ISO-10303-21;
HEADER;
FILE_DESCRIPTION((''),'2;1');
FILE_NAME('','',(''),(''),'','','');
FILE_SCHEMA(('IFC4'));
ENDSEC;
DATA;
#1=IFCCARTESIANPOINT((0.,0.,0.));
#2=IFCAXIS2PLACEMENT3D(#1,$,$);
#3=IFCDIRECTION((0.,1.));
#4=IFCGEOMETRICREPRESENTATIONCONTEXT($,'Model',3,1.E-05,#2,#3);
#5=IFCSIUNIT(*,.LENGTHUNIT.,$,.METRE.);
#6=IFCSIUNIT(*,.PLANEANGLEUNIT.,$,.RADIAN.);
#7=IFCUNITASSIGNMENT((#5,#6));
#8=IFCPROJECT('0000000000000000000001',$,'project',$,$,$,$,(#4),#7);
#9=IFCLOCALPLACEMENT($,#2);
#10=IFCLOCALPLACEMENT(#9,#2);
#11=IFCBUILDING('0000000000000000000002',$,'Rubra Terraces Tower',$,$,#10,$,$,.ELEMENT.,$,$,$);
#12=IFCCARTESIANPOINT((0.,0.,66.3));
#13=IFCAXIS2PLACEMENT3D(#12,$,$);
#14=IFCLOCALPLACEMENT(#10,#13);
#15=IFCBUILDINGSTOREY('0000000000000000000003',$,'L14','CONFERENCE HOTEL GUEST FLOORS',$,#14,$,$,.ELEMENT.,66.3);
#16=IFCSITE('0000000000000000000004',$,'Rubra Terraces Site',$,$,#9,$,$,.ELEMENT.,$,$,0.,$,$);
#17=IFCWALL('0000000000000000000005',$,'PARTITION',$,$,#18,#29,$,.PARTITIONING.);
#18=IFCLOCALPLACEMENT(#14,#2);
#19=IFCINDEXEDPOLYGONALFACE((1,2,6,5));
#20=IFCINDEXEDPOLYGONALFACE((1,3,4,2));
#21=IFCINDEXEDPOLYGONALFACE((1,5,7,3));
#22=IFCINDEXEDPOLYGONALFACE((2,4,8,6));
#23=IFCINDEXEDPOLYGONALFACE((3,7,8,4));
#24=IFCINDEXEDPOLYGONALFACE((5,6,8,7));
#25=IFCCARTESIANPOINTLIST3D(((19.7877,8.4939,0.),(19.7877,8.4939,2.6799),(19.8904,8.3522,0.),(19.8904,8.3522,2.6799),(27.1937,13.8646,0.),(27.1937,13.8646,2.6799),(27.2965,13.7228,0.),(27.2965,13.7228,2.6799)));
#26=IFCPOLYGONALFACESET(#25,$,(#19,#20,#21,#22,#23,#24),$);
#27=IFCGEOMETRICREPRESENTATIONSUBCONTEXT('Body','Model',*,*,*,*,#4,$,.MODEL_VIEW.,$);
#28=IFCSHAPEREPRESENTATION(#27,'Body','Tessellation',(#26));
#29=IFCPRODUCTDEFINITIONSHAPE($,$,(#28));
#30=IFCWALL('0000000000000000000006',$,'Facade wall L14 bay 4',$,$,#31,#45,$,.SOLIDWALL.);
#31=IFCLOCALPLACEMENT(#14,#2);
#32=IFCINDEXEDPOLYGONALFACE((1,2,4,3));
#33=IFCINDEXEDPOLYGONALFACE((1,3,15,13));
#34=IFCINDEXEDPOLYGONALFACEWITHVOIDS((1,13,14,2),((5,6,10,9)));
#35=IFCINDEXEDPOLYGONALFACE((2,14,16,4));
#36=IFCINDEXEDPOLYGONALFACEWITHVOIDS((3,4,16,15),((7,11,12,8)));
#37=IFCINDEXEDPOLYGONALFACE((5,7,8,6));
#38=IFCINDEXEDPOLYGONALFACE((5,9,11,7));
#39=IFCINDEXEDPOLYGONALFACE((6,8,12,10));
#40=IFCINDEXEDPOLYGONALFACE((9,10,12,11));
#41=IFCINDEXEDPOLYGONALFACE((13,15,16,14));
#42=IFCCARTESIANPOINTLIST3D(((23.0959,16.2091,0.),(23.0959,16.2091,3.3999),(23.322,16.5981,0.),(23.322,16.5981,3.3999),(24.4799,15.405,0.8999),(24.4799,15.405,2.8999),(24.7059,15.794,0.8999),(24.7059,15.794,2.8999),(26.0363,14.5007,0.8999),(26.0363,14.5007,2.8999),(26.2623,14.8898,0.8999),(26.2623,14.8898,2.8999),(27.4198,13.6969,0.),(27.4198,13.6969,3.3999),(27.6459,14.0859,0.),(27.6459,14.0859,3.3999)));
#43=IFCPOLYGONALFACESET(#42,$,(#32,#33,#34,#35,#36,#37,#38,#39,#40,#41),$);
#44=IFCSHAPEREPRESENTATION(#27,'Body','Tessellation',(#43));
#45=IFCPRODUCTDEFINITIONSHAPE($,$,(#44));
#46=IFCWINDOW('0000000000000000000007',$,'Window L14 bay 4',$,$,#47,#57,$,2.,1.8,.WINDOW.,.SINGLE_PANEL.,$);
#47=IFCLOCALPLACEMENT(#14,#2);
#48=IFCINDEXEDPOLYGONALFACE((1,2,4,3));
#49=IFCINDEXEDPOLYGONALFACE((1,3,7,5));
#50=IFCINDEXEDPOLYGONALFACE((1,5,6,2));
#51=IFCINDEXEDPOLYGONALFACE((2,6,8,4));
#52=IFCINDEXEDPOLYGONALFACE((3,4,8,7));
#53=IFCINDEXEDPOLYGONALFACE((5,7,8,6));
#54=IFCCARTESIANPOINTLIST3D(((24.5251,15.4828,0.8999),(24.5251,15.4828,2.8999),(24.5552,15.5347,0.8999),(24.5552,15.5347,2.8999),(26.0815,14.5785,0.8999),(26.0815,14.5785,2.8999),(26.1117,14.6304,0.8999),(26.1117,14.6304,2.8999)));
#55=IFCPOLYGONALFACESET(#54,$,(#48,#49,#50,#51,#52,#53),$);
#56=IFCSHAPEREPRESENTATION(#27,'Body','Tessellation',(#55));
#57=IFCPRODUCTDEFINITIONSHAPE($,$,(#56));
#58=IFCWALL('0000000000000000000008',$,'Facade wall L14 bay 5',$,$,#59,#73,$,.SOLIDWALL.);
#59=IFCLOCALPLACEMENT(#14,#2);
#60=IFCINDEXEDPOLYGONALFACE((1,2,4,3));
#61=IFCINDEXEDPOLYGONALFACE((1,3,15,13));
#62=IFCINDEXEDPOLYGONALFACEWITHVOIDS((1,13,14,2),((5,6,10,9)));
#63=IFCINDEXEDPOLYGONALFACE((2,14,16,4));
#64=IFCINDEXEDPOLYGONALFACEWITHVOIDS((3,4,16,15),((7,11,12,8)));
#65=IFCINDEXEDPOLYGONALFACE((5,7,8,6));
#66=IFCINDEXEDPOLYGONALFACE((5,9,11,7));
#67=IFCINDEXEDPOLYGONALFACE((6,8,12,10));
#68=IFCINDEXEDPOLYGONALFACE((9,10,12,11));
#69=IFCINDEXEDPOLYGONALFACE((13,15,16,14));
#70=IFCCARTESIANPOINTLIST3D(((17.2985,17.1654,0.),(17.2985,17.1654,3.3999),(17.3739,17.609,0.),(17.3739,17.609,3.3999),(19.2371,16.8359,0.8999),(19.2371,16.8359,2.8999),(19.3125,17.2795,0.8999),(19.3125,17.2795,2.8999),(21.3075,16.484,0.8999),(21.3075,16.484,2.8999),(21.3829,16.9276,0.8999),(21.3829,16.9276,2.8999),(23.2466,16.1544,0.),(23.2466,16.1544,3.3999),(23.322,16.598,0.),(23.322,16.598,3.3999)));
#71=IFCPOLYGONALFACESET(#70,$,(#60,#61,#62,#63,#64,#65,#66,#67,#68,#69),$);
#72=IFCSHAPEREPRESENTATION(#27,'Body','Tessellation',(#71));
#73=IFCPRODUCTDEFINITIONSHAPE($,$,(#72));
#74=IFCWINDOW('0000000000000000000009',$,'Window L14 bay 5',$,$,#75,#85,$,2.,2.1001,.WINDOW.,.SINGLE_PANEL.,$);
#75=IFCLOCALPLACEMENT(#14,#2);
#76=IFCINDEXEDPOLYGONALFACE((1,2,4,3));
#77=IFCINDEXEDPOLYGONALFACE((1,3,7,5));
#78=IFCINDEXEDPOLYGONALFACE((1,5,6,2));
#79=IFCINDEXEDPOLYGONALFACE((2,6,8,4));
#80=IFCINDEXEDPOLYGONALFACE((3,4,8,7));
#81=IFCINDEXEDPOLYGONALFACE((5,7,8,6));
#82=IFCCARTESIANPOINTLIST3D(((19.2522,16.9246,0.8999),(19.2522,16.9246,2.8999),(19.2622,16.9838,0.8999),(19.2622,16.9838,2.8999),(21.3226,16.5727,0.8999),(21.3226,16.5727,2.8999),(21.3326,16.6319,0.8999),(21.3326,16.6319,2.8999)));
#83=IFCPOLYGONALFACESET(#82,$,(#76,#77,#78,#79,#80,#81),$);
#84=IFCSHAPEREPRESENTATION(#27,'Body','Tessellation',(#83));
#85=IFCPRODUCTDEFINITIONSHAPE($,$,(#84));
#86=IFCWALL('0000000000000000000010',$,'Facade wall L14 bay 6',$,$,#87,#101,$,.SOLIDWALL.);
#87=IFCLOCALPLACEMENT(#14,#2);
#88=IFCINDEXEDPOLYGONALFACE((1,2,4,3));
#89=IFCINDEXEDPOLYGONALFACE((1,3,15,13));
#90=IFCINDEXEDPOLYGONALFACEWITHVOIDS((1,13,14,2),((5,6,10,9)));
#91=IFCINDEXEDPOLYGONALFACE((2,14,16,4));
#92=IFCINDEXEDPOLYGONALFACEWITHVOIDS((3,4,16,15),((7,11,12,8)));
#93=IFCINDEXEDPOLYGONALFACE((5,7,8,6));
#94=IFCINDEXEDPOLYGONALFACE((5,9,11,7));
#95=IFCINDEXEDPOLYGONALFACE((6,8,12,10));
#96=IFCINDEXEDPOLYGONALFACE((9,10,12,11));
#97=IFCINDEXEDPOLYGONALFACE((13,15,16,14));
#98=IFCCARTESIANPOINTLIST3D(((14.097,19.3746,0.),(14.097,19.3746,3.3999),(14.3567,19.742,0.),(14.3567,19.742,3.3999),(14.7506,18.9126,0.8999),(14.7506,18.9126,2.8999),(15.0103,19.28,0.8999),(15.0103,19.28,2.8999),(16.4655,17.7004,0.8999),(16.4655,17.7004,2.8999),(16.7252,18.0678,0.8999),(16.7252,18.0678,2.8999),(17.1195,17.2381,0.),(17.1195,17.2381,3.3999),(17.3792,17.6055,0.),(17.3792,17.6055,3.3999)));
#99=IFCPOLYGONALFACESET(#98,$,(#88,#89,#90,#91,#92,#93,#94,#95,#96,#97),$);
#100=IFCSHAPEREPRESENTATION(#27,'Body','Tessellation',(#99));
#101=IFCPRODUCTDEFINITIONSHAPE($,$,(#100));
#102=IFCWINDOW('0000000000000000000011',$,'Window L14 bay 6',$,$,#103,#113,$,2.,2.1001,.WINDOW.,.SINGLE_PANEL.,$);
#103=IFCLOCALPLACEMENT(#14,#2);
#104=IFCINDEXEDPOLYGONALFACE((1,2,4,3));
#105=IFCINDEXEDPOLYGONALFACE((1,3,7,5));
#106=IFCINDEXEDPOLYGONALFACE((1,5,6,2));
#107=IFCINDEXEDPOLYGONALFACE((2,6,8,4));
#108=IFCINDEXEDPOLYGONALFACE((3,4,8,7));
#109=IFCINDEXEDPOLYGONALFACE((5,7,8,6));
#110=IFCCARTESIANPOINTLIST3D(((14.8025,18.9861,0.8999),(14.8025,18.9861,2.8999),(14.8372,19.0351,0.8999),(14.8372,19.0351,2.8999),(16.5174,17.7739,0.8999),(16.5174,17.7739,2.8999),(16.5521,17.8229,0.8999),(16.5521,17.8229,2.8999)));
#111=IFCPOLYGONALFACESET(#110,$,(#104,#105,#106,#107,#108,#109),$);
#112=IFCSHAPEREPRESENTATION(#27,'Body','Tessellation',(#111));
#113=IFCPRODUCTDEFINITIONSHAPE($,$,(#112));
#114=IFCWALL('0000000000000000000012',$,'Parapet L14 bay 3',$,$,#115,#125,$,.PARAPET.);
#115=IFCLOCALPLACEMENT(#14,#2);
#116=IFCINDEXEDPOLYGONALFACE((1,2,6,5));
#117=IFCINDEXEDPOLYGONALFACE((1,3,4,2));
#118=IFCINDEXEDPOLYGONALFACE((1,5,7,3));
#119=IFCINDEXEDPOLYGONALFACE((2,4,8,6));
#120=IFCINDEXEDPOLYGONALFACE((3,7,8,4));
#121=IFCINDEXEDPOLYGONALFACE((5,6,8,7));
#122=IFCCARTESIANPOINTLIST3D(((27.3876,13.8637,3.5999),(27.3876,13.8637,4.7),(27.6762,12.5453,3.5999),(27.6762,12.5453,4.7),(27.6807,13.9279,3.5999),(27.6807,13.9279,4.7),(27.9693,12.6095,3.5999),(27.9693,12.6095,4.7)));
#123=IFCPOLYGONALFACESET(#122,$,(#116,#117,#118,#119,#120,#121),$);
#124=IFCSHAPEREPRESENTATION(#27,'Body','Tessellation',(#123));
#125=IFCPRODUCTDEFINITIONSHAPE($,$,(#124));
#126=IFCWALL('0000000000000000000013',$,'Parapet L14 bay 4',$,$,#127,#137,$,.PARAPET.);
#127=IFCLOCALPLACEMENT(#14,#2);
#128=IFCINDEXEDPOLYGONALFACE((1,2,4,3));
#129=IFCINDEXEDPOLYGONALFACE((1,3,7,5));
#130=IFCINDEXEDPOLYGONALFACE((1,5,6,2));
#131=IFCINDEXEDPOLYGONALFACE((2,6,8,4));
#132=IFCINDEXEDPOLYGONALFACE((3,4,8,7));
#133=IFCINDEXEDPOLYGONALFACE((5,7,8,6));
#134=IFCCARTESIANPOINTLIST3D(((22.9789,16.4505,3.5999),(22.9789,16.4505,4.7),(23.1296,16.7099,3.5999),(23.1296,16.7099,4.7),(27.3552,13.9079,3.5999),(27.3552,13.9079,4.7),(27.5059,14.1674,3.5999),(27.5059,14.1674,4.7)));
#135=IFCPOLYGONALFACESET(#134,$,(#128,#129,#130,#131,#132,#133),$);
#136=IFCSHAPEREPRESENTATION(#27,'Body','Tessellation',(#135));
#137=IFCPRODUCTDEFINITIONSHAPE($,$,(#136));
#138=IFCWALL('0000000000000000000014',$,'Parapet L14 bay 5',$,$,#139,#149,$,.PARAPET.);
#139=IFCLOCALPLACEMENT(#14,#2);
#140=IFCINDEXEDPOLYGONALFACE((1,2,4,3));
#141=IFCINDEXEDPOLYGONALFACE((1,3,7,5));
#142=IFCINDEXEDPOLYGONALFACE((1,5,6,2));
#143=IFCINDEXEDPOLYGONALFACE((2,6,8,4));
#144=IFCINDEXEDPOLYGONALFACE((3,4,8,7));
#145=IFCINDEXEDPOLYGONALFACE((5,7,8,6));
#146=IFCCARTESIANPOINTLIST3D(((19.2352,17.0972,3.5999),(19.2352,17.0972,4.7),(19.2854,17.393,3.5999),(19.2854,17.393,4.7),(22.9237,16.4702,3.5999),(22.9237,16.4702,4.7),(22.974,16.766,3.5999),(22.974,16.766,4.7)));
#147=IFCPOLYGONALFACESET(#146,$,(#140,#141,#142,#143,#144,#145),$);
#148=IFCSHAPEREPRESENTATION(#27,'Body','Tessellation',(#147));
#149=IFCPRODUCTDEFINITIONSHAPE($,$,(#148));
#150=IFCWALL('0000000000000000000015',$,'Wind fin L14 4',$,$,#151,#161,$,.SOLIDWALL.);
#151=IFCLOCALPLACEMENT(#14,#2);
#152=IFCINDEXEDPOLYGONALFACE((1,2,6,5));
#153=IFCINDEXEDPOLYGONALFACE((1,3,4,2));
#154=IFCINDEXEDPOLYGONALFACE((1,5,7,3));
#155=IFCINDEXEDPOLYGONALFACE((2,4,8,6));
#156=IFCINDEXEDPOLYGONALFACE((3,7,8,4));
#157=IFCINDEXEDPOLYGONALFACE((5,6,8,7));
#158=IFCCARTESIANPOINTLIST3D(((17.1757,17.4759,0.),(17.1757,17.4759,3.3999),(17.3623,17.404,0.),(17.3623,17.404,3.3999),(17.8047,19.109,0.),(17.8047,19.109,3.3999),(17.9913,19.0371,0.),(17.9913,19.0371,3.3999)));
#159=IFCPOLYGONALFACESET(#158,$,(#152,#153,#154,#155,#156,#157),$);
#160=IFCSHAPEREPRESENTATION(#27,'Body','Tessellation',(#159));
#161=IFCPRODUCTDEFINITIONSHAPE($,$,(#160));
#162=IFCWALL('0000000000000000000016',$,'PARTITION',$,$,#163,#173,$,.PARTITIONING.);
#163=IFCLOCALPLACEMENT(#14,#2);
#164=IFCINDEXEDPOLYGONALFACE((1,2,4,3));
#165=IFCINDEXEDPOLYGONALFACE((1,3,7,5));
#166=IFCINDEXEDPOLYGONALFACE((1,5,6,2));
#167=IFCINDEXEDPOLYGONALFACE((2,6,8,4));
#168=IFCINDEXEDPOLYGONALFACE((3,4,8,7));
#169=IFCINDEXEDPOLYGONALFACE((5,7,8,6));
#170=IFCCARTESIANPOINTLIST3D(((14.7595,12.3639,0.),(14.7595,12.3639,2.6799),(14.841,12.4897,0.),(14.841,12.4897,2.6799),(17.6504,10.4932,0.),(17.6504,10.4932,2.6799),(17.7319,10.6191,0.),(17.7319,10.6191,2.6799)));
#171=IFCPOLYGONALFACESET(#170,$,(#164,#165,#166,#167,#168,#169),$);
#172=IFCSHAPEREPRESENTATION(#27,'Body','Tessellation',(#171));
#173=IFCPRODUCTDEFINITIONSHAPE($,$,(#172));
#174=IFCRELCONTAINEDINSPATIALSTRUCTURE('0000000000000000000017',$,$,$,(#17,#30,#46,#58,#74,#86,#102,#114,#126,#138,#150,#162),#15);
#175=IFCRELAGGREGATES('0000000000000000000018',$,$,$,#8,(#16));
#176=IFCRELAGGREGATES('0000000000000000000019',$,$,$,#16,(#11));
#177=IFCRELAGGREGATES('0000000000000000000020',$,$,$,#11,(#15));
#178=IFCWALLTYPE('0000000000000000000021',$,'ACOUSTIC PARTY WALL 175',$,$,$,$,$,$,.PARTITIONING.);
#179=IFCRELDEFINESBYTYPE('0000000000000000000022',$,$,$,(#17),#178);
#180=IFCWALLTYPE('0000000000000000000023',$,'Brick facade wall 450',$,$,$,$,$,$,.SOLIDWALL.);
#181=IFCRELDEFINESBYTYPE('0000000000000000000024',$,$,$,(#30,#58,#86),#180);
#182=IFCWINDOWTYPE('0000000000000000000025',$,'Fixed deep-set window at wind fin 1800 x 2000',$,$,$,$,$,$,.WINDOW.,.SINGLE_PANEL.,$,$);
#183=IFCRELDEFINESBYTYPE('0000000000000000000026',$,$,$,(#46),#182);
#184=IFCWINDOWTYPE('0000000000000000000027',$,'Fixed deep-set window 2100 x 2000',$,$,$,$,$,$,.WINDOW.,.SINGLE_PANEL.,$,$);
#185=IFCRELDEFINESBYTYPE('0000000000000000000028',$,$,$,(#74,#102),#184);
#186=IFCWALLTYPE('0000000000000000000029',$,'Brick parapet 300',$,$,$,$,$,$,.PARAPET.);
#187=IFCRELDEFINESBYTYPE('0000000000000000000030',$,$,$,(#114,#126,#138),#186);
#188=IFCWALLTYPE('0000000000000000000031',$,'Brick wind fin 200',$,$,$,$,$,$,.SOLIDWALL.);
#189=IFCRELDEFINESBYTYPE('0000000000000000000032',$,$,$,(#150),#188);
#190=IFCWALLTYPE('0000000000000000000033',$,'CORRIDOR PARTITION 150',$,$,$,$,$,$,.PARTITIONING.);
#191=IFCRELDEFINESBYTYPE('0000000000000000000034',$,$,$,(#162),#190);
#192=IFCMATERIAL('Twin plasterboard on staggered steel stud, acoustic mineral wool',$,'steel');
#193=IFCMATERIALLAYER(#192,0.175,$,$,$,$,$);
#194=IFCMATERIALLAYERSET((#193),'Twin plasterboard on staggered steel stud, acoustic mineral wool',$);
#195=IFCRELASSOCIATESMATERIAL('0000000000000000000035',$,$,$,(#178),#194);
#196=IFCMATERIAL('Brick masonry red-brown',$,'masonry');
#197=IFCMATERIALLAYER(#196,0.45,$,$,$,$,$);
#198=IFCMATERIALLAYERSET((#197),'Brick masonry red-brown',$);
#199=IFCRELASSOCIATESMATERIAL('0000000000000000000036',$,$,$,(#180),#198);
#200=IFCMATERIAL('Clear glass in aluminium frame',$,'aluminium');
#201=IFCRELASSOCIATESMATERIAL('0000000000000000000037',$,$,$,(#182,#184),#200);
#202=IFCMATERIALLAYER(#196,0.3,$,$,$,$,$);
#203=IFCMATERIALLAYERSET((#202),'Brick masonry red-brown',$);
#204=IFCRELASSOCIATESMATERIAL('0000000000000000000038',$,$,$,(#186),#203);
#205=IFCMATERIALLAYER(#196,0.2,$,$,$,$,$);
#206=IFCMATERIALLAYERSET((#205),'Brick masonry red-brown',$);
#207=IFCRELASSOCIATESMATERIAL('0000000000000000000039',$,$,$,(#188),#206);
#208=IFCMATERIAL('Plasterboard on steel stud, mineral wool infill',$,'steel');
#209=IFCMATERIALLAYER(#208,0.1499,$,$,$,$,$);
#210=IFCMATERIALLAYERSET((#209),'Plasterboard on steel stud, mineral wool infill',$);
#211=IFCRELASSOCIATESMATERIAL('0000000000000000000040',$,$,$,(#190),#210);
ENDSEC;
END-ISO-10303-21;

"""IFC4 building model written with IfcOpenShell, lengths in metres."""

from ifc_helpers import new_model, si_unit, direction, frame, frame_2d, origin, place, context, subcontext, project, spatial, rectangle, extrude, material, layer, layer_set, type_object, element, fill, save


model = new_model("IFC4")

# Units and contexts
model_context = context("Model", 3, precision=1e-05, world=origin(), true_north=direction((0.0, 1.0)))
body_context = subcontext(model_context, "Body", "Model", "MODEL_VIEW")
ifc_project = project(units=[si_unit("LENGTHUNIT", "METRE"), si_unit("PLANEANGLEUNIT", "RADIAN")], contexts=[model_context])

# Site, building, storey
site_placement = place(None, origin())
site = spatial("IfcSite", under=ifc_project, at=site_placement, Name="Rubra Terraces Site", CompositionType="ELEMENT", RefElevation=0.0)
building_placement = place(site_placement, origin())
building = spatial("IfcBuilding", under=site, at=building_placement, Name="Rubra Terraces Tower", CompositionType="ELEMENT")
storey_placement = place(building_placement, frame((0.0, 0.0, 66.3)))
storey = spatial("IfcBuildingStorey", under=building, at=storey_placement, Name="L14", Description="CONFERENCE HOTEL GUEST FLOORS", CompositionType="ELEMENT", Elevation=66.3)

# Wall
ifc_material_1 = material(Name="Twin plasterboard on staggered steel stud, acoustic mineral wool", Category="steel")
ifc_layer_1 = layer(ifc_material_1, 0.175)
ifc_layer_set_1 = layer_set([ifc_layer_1], Name="Twin plasterboard on staggered steel stud, acoustic mineral wool")
wall_type_1 = type_object("IfcWallType", Name="ACOUSTIC PARTY WALL 175", PredefinedType="PARTITIONING", material=ifc_layer_set_1)
wall_1_placement = place(storey_placement, frame((27.2451, 13.7937, 0.0), z_axis=(0.0, 0.0, 1.0), x_axis=(-0.809545, -0.587057, 0.0)))
element("IfcWall", 1, at=wall_1_placement, inside=storey, type_object=wall_type_1, Name="PARTITION", PredefinedType="PARTITIONING", context=body_context, shape_type="SweptSolid", body=[
    extrude(rectangle(XDim=9.1484, YDim=0.175, at=frame_2d((4.5742, 0.0))), origin(), (0.0, 0.0, 1.0), 2.6799),
])

# Walls, openings, windows
ifc_material_2 = material(Name="Brick masonry red-brown", Category="masonry")
ifc_layer_2 = layer(ifc_material_2, 0.45)
ifc_layer_set_2 = layer_set([ifc_layer_2], Name="Brick masonry red-brown")
wall_type_2 = type_object("IfcWallType", Name="Brick facade wall 450", PredefinedType="SOLIDWALL", material=ifc_layer_set_2)
wall_2_placement = place(storey_placement, frame((27.533, 13.8914, 0.0), z_axis=(0.0, 0.0, 1.0), x_axis=(-0.864658, 0.502362, 0.0)))
wall_2 = element("IfcWall", 2, at=wall_2_placement, inside=storey, type_object=wall_type_2, Name="Facade wall L14 bay 4", PredefinedType="SOLIDWALL", context=body_context, shape_type="SweptSolid", body=[
    extrude(rectangle(XDim=5.0007, YDim=0.45, at=frame_2d((2.5005, 0.0))), origin(), (0.0, 0.0, 1.0), 3.3999),
])
opening_1_placement = place(wall_2_placement, frame((1.6003, 0.0, 0.8999)))
opening_1 = element("IfcOpeningElement", 3, at=opening_1_placement, cuts=wall_2, PredefinedType="OPENING", context=body_context, shape_type="SweptSolid", body=[
    extrude(rectangle(XDim=1.8, YDim=2.0, at=frame_2d((0.8999, 1.0))), frame((0.0, 0.2349, 0.0), z_axis=(0.0, -1.0, 0.0), x_axis=(1.0, 0.0, 0.0)), (0.0, 0.0, 1.0), 0.47),
])
ifc_material_3 = material(Name="Clear glass in aluminium frame", Category="aluminium")
window_type_1 = type_object("IfcWindowType", Name="Fixed deep-set window at wind fin 1800 x 2000", PartitioningType="SINGLE_PANEL", PredefinedType="WINDOW", material=ifc_material_3)
window_1_placement = place(opening_1_placement, origin())
window_1 = element("IfcWindow", 4, at=window_1_placement, inside=storey, type_object=window_type_1, Name="Window L14 bay 4", OverallHeight=2.0, OverallWidth=1.8, PartitioningType="SINGLE_PANEL", PredefinedType="WINDOW", context=body_context, shape_type="SweptSolid", body=[
    extrude(rectangle(XDim=1.8, YDim=2.0, at=frame_2d((0.8999, 1.0))), frame((0.0, 0.135, 0.0), z_axis=(0.0, -1.0, 0.0), x_axis=(1.0, 0.0, 0.0)), (0.0, 0.0, 1.0), 0.0601),
])
fill(opening_1, window_1)
wall_3_placement = place(storey_placement, frame((23.2842, 16.3762, 0.0), z_axis=(0.0, 0.0, 1.0), x_axis=(-0.985862, 0.167561, 0.0)))
wall_3 = element("IfcWall", 5, at=wall_3_placement, inside=storey, type_object=wall_type_2, Name="Facade wall L14 bay 5", PredefinedType="SOLIDWALL", context=body_context, shape_type="SweptSolid", body=[
    extrude(rectangle(XDim=6.0334, YDim=0.45, at=frame_2d((3.0166, 0.0))), origin(), (0.0, 0.0, 1.0), 3.3999),
])
opening_2_placement = place(wall_3_placement, frame((1.9668, 0.0, 0.8999)))
opening_2 = element("IfcOpeningElement", 6, at=opening_2_placement, cuts=wall_3, PredefinedType="OPENING", context=body_context, shape_type="SweptSolid", body=[
    extrude(rectangle(XDim=2.1001, YDim=2.0, at=frame_2d((1.05, 1.0))), frame((0.0, 0.2349, 0.0), z_axis=(0.0, -1.0, 0.0), x_axis=(1.0, 0.0, 0.0)), (0.0, 0.0, 1.0), 0.47),
])
window_type_2 = type_object("IfcWindowType", Name="Fixed deep-set window 2100 x 2000", PartitioningType="SINGLE_PANEL", PredefinedType="WINDOW", material=ifc_material_3)
window_2_placement = place(opening_2_placement, origin())
window_2 = element("IfcWindow", 7, at=window_2_placement, inside=storey, type_object=window_type_2, Name="Window L14 bay 5", OverallHeight=2.0, OverallWidth=2.1001, PartitioningType="SINGLE_PANEL", PredefinedType="WINDOW", context=body_context, shape_type="SweptSolid", body=[
    extrude(rectangle(XDim=2.1001, YDim=2.0, at=frame_2d((1.05, 1.0))), frame((0.0, 0.135, 0.0), z_axis=(0.0, -1.0, 0.0), x_axis=(1.0, 0.0, 0.0)), (0.0, 0.0, 1.0), 0.0601),
])
fill(opening_2, window_2)
wall_4_placement = place(storey_placement, frame((17.2493, 17.4219, 0.0), z_axis=(0.0, 0.0, 1.0), x_axis=(-0.816589, 0.577219, 0.0)))
wall_4 = element("IfcWall", 8, at=wall_4_placement, inside=storey, type_object=wall_type_2, Name="Facade wall L14 bay 6", PredefinedType="SOLIDWALL", context=body_context, shape_type="SweptSolid", body=[
    extrude(rectangle(XDim=3.7014, YDim=0.45, at=frame_2d((1.8506, 0.0))), origin(), (0.0, 0.0, 1.0), 3.3999),
])
opening_3_placement = place(wall_4_placement, frame((0.8008, 0.0, 0.8999)))
opening_3 = element("IfcOpeningElement", 9, at=opening_3_placement, cuts=wall_4, PredefinedType="OPENING", context=body_context, shape_type="SweptSolid", body=[
    extrude(rectangle(XDim=2.1001, YDim=2.0, at=frame_2d((1.05, 1.0))), frame((0.0, 0.2349, 0.0), z_axis=(0.0, -1.0, 0.0), x_axis=(1.0, 0.0, 0.0)), (0.0, 0.0, 1.0), 0.47),
])
window_3_placement = place(opening_3_placement, origin())
window_3 = element("IfcWindow", 10, at=window_3_placement, inside=storey, type_object=window_type_2, Name="Window L14 bay 6", OverallHeight=2.0, OverallWidth=2.1001, PartitioningType="SINGLE_PANEL", PredefinedType="WINDOW", context=body_context, shape_type="SweptSolid", body=[
    extrude(rectangle(XDim=2.1001, YDim=2.0, at=frame_2d((1.05, 1.0))), frame((0.0, 0.135, 0.0), z_axis=(0.0, -1.0, 0.0), x_axis=(1.0, 0.0, 0.0)), (0.0, 0.0, 1.0), 0.0601),
])
fill(opening_3, window_3)

# Walls
ifc_layer_3 = layer(ifc_material_2, 0.3)
ifc_layer_set_3 = layer_set([ifc_layer_3], Name="Brick masonry red-brown")
wall_type_3 = type_object("IfcWallType", Name="Brick parapet 300", PredefinedType="PARAPET", material=ifc_layer_set_3)
wall_5_placement = place(storey_placement, frame((27.8228, 12.5774, 3.5999), z_axis=(0.0, 0.0, 1.0), x_axis=(-0.213826, 0.976872, 0.0)))
element("IfcWall", 11, at=wall_5_placement, inside=storey, type_object=wall_type_3, Name="Parapet L14 bay 3", PredefinedType="PARAPET", context=body_context, shape_type="SweptSolid", body=[
    extrude(rectangle(XDim=1.3496, YDim=0.3, at=frame_2d((0.6748, 0.0))), origin(), (0.0, 0.0, 1.0), 1.1001),
])
wall_6_placement = place(storey_placement, frame((27.4307, 14.0376, 3.5999), z_axis=(0.0, 0.0, 1.0), x_axis=(-0.864665, 0.50235, 0.0)))
element("IfcWall", 12, at=wall_6_placement, inside=storey, type_object=wall_type_3, Name="Parapet L14 bay 4", PredefinedType="PARAPET", context=body_context, shape_type="SweptSolid", body=[
    extrude(rectangle(XDim=5.0613, YDim=0.3, at=frame_2d((2.5308, 0.0))), origin(), (0.0, 0.0, 1.0), 1.1001),
])
wall_7_placement = place(storey_placement, frame((22.9487, 16.6182, 3.5999), z_axis=(0.0, 0.0, 1.0), x_axis=(-0.98586, 0.167573, 0.0)))
element("IfcWall", 13, at=wall_7_placement, inside=storey, type_object=wall_type_3, Name="Parapet L14 bay 5", PredefinedType="PARAPET", context=body_context, shape_type="SweptSolid", body=[
    extrude(rectangle(XDim=3.7415, YDim=0.3, at=frame_2d((1.8706, 0.0))), origin(), (0.0, 0.0, 1.0), 1.1001),
])
ifc_layer_4 = layer(ifc_material_2, 0.2)
ifc_layer_set_4 = layer_set([ifc_layer_4], Name="Brick masonry red-brown")
wall_type_4 = type_object("IfcWallType", Name="Brick wind fin 200", PredefinedType="SOLIDWALL", material=ifc_layer_set_4)
wall_8_placement = place(storey_placement, frame((17.269, 17.4399, 0.0), z_axis=(0.0, 0.0, 1.0), x_axis=(0.359381, 0.933191, 0.0)))
element("IfcWall", 14, at=wall_8_placement, inside=storey, type_object=wall_type_4, Name="Wind fin L14 4", PredefinedType="SOLIDWALL", context=body_context, shape_type="SweptSolid", body=[
    extrude(rectangle(XDim=1.75, YDim=0.2, at=frame_2d((0.875, 0.0))), origin(), (0.0, 0.0, 1.0), 3.3999),
])
ifc_material_4 = material(Name="Plasterboard on steel stud, mineral wool infill", Category="steel")
ifc_layer_5 = layer(ifc_material_4, 0.1499)
ifc_layer_set_5 = layer_set([ifc_layer_5], Name="Plasterboard on steel stud, mineral wool infill")
wall_type_5 = type_object("IfcWallType", Name="CORRIDOR PARTITION 150", PredefinedType="PARTITIONING", material=ifc_layer_set_5)
wall_9_placement = place(storey_placement, frame((17.6912, 10.5562, 0.0), z_axis=(0.0, 0.0, 1.0), x_axis=(-0.839564, 0.54326, 0.0)))
element("IfcWall", 15, at=wall_9_placement, inside=storey, type_object=wall_type_5, Name="PARTITION", PredefinedType="PARTITIONING", context=body_context, shape_type="SweptSolid", body=[
    extrude(rectangle(XDim=3.4434, YDim=0.1499, at=frame_2d((1.7217, 0.0))), origin(), (0.0, 0.0, 1.0), 2.6799),
])

save(model, "model.ifc")
